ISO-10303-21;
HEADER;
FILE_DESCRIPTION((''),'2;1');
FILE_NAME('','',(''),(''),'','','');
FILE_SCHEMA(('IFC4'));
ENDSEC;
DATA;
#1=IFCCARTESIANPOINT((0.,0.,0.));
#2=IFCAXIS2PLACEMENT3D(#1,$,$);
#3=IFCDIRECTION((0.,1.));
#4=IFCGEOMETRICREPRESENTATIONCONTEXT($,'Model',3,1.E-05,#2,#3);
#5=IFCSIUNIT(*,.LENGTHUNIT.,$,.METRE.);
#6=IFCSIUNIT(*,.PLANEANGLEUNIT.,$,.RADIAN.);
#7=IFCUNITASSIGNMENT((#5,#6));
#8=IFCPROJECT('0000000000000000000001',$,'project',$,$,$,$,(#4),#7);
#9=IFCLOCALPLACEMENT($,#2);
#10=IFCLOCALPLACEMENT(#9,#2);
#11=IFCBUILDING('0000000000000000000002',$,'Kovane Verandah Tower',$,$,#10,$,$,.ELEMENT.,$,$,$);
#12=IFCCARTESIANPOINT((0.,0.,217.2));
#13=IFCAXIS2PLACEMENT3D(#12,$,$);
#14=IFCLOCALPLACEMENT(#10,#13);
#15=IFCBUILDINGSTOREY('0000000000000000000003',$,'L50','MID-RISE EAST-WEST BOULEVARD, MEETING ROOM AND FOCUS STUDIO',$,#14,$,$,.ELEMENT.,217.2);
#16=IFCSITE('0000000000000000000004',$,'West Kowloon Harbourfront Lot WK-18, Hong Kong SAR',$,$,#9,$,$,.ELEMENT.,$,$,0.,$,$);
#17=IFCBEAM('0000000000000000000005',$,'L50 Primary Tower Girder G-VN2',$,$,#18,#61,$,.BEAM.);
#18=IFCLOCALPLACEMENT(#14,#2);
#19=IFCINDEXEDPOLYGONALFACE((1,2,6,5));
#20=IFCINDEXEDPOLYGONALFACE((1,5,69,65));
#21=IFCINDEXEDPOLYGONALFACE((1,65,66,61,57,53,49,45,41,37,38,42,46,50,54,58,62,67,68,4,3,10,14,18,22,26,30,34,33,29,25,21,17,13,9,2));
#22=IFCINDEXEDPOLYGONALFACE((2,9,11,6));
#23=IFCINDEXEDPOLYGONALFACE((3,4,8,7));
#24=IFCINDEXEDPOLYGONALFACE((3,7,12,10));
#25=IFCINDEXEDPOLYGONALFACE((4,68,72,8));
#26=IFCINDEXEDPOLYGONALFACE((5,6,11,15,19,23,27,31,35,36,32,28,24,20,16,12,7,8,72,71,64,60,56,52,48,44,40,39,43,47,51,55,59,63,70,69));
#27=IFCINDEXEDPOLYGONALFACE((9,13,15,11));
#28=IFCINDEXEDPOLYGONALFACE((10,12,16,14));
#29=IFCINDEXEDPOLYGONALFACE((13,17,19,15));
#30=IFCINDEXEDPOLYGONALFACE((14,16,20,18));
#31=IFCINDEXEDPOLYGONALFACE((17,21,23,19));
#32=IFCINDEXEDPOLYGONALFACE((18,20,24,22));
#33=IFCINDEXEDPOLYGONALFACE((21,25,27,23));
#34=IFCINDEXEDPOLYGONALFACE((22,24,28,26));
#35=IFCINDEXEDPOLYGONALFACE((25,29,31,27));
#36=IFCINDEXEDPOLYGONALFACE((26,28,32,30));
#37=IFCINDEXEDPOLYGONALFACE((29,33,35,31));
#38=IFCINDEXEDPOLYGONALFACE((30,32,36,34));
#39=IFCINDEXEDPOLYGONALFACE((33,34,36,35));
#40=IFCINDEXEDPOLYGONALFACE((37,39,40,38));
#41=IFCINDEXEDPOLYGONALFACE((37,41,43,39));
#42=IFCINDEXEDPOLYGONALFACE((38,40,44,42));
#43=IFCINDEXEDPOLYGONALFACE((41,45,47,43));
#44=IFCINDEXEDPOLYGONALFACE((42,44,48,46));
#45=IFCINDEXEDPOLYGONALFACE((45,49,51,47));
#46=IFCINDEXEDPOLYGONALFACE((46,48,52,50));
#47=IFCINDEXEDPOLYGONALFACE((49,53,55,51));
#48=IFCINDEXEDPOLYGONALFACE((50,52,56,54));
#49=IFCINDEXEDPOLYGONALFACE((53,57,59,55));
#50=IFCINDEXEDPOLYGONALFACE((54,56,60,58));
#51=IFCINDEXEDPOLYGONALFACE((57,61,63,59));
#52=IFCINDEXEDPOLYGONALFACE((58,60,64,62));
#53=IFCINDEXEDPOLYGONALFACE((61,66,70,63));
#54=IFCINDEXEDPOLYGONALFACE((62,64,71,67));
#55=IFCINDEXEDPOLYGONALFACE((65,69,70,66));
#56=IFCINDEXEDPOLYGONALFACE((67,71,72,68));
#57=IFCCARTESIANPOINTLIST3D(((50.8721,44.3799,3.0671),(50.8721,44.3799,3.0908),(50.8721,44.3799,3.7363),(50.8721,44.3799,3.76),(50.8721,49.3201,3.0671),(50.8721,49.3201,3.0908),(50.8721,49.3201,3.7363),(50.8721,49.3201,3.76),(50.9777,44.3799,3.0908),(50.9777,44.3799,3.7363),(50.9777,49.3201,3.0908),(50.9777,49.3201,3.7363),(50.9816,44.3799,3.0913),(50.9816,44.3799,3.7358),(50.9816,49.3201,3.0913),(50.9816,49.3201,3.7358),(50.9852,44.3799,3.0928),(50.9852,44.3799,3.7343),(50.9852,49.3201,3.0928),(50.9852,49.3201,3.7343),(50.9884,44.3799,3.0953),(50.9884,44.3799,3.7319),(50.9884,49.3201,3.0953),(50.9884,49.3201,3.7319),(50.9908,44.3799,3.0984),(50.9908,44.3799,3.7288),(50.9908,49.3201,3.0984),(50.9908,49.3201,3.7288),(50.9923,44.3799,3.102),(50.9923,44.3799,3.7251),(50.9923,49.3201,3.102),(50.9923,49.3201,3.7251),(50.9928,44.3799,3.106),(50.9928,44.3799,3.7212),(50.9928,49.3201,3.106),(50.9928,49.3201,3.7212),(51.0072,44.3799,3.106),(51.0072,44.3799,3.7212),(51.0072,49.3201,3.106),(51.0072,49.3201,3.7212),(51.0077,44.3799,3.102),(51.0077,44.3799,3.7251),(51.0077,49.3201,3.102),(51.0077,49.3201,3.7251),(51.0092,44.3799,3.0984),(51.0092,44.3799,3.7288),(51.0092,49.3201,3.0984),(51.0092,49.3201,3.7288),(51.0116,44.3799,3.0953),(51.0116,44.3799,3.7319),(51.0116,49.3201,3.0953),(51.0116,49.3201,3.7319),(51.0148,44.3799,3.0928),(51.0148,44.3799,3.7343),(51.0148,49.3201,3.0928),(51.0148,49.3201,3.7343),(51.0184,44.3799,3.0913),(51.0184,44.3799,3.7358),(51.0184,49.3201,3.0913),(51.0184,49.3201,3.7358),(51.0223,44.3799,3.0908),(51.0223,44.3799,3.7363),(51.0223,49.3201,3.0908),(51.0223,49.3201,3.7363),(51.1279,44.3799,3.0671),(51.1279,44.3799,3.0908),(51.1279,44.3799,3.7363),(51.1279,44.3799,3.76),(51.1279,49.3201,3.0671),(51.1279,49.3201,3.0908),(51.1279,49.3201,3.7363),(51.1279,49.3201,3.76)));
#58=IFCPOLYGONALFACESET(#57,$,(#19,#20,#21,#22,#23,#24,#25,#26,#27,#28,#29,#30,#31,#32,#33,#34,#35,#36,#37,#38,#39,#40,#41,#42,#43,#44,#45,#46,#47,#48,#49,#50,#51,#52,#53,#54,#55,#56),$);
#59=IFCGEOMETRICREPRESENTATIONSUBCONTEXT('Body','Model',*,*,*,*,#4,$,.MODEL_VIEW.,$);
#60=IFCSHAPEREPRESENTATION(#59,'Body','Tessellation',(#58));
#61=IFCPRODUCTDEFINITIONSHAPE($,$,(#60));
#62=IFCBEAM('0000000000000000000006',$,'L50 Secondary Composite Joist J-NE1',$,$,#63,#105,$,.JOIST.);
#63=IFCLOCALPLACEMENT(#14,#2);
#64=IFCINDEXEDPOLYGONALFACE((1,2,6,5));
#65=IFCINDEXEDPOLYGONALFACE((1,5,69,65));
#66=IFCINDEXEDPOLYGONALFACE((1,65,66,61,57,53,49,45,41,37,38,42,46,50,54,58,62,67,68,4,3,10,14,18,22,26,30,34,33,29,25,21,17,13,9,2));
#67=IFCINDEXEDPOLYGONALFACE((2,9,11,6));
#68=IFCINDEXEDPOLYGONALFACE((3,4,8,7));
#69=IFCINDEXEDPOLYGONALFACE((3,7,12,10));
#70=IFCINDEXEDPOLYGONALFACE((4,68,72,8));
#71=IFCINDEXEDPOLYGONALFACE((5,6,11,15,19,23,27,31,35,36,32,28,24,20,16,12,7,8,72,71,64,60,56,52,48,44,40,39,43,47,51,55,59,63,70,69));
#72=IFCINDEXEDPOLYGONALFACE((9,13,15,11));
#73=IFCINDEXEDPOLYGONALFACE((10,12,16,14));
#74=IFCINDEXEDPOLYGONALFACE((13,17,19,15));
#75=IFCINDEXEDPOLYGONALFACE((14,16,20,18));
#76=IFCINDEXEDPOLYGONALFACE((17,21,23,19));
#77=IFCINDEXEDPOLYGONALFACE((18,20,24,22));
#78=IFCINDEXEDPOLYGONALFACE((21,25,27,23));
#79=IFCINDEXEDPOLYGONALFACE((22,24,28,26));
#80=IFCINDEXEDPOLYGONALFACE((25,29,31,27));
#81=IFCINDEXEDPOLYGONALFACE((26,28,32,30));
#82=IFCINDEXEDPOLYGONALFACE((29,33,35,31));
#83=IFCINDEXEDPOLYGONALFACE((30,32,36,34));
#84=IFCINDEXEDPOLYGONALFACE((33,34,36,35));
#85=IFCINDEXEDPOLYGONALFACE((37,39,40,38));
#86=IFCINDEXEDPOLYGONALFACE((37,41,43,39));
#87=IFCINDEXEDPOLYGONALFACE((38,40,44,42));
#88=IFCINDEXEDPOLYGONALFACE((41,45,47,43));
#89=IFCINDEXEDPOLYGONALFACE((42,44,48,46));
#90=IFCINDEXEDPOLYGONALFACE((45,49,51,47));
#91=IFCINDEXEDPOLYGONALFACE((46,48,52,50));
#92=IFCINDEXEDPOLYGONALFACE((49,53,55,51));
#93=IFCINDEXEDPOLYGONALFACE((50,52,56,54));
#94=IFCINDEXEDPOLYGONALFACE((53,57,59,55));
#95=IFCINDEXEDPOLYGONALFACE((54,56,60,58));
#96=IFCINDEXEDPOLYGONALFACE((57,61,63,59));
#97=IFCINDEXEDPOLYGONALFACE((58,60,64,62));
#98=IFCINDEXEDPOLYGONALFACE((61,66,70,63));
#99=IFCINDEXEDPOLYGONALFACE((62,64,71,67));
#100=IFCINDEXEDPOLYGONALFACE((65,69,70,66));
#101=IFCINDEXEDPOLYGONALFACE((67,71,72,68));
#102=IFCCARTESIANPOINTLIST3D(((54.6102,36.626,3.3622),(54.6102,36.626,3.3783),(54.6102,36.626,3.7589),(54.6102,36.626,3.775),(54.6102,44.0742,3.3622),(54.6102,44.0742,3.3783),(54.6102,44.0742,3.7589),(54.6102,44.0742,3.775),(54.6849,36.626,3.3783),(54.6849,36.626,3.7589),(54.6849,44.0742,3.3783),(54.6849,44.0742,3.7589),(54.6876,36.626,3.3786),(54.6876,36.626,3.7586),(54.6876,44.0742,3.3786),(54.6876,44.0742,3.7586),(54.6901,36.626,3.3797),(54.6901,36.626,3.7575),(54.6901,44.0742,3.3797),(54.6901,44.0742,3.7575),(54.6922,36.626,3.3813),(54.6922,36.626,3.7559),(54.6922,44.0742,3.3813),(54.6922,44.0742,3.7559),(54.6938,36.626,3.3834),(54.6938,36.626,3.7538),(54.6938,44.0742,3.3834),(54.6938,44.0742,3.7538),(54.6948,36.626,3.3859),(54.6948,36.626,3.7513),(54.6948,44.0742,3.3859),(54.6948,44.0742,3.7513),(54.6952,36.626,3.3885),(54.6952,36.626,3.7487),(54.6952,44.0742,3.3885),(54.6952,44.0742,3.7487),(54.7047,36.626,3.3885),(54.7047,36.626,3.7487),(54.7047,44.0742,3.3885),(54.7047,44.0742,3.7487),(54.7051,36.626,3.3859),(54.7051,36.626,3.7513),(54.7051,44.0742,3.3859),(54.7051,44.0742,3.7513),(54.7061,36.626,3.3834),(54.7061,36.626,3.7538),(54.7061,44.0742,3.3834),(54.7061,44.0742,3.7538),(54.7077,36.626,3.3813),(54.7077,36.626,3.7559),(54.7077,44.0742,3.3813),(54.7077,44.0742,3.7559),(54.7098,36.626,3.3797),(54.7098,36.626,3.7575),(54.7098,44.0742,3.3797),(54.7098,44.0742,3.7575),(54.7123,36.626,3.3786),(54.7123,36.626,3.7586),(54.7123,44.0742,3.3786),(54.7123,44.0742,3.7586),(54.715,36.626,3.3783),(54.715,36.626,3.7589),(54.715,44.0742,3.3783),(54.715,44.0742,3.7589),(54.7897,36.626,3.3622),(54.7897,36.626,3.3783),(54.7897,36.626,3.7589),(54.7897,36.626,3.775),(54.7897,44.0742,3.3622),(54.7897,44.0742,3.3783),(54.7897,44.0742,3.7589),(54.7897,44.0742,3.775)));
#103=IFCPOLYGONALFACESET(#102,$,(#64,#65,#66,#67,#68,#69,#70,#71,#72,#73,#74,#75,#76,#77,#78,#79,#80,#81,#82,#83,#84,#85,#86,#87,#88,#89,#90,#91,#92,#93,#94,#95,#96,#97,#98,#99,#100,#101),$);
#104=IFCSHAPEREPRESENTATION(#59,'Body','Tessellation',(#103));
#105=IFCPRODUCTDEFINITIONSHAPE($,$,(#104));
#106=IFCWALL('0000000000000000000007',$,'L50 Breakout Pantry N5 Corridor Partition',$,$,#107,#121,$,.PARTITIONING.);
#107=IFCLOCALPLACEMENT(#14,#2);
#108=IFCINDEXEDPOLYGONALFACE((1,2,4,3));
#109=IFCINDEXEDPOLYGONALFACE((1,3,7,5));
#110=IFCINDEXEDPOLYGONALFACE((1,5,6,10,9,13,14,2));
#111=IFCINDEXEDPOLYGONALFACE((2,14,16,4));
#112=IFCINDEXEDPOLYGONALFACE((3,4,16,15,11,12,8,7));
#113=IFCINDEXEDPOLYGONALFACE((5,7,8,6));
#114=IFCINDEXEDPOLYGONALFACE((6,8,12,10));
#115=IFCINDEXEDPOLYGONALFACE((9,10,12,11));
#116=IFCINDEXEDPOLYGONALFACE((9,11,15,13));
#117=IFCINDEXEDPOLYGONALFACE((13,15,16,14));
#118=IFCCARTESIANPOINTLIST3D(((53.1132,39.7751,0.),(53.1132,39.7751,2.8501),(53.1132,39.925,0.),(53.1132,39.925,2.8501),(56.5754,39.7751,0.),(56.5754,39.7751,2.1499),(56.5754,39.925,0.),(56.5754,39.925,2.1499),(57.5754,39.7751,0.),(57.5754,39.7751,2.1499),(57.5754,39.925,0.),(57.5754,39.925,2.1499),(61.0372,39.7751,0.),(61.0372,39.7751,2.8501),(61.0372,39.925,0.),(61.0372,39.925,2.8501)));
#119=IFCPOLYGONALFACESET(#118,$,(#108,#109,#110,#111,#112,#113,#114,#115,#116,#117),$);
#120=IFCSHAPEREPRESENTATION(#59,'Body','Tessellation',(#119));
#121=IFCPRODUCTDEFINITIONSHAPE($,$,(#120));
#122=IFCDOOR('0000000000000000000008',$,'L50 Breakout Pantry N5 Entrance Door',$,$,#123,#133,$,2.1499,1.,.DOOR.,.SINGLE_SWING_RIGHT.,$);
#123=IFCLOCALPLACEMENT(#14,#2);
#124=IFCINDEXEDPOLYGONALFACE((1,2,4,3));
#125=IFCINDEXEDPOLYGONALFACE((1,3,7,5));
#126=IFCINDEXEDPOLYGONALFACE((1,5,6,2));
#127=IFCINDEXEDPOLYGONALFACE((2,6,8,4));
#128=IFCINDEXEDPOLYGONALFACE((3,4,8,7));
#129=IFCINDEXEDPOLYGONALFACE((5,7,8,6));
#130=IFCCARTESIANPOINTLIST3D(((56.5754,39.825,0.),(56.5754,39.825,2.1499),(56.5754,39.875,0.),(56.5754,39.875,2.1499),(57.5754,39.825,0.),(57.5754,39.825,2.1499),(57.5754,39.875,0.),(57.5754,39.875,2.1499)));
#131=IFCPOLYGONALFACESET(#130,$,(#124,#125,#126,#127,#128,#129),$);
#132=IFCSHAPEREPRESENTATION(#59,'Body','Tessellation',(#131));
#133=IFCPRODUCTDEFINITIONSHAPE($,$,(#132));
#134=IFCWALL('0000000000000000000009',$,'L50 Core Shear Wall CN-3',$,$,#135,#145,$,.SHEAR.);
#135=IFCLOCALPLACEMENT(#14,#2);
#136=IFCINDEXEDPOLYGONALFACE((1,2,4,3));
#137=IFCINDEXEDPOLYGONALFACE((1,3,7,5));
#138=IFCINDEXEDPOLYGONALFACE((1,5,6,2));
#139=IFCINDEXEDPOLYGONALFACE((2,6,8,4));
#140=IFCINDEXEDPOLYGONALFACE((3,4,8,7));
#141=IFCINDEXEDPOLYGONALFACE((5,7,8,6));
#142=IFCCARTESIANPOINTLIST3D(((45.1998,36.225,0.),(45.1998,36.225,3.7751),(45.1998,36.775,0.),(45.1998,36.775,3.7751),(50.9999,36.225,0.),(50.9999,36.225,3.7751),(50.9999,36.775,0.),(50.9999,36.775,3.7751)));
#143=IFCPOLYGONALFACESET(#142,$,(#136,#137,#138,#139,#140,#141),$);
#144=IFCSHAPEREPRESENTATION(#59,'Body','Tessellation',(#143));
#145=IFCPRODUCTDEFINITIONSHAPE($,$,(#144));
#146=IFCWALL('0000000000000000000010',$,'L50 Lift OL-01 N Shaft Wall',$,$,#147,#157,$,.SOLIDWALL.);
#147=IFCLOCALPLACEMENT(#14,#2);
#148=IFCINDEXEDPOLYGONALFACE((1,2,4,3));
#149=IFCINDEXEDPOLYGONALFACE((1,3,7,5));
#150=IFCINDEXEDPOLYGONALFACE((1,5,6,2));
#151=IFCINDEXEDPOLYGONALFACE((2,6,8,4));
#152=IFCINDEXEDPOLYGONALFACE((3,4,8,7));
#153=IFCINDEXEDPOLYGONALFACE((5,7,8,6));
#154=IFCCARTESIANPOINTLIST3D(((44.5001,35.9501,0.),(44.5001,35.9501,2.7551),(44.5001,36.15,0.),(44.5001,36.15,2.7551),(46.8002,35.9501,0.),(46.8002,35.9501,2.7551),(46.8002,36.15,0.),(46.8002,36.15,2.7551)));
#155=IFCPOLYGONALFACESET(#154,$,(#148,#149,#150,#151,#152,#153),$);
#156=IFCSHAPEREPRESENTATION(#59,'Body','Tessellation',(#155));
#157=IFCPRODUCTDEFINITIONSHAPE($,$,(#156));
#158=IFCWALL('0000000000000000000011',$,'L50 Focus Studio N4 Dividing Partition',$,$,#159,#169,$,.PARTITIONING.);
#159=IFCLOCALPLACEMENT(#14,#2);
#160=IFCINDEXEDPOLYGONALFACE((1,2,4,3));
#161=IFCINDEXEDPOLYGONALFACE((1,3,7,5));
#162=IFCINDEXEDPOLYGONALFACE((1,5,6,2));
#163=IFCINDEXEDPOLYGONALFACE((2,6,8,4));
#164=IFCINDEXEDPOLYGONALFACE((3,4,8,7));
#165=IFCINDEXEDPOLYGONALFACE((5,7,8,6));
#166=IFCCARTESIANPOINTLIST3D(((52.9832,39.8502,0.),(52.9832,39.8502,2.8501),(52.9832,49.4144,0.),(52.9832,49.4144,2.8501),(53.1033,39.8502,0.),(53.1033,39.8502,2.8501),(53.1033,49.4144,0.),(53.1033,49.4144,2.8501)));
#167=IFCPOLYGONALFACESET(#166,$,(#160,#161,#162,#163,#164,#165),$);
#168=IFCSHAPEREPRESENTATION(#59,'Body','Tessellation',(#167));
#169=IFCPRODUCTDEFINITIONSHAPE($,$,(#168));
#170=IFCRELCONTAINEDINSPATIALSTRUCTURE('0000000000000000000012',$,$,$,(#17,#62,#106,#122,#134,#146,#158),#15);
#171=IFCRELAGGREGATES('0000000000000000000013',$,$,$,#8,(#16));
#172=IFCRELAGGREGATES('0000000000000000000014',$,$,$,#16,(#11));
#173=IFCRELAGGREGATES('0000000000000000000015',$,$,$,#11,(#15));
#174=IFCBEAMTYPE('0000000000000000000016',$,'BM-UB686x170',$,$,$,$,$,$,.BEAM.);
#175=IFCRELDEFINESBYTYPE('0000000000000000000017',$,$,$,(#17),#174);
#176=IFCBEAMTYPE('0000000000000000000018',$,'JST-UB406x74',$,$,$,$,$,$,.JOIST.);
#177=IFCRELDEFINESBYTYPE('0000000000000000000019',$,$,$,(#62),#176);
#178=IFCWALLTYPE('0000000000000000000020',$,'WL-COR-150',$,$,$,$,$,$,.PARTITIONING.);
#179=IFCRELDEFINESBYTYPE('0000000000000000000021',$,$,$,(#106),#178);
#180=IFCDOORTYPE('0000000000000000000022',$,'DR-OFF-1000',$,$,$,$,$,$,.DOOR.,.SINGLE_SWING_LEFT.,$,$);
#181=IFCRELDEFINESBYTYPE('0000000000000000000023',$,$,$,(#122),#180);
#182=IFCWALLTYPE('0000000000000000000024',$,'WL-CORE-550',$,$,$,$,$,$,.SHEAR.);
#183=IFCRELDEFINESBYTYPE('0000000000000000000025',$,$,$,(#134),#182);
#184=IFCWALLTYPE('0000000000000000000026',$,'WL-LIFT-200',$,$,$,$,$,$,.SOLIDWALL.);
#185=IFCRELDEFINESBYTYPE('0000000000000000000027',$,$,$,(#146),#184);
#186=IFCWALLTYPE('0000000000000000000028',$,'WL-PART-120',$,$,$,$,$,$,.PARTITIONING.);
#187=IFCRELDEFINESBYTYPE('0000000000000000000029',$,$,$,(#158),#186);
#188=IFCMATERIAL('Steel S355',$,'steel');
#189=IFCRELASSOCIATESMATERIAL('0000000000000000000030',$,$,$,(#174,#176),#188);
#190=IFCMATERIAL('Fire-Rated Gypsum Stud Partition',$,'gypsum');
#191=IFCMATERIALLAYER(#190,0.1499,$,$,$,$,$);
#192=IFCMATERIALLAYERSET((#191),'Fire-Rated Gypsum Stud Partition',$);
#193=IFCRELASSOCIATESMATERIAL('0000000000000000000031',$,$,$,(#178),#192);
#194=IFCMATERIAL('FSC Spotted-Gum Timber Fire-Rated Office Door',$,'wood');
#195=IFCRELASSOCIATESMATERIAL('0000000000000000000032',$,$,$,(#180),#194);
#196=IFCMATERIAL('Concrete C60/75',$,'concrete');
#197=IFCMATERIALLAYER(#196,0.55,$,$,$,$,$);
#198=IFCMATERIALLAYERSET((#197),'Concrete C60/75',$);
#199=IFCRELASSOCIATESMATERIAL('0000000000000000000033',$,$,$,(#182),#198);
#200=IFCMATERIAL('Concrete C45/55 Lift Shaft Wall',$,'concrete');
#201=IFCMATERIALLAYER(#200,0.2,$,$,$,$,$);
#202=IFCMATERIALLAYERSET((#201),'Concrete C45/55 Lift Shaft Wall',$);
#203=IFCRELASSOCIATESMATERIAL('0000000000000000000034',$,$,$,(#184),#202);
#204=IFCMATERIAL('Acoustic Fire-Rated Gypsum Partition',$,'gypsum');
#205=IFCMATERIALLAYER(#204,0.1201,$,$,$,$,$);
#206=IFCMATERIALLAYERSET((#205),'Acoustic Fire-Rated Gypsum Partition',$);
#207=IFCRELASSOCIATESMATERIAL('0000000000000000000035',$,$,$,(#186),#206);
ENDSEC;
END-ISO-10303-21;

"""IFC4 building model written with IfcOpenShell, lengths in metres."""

from ifc_helpers import new_model, si_unit, direction, frame, frame_2d, origin, origin_2d, place, context, subcontext, project, spatial, rectangle, i_section, extrude, material, layer, layer_set, material_profile, profile_set, type_object, element, fill, save


model = new_model("IFC4")

# Units and contexts
model_context = context("Model", 3, precision=1e-05, world=origin(), true_north=direction((0.0, 1.0)))
body_context = subcontext(model_context, "Body", "Model", "MODEL_VIEW")
ifc_project = project(units=[si_unit("LENGTHUNIT", "METRE"), si_unit("PLANEANGLEUNIT", "RADIAN")], contexts=[model_context])

# Site, building, storey
site_placement = place(None, origin())
site = spatial("IfcSite", under=ifc_project, at=site_placement, Name="West Kowloon Harbourfront Lot WK-18, Hong Kong SAR", CompositionType="ELEMENT", RefElevation=0.0)
building_placement = place(site_placement, origin())
building = spatial("IfcBuilding", under=site, at=building_placement, Name="Kovane Verandah Tower", CompositionType="ELEMENT")
storey_placement = place(building_placement, frame((0.0, 0.0, 217.2)))
storey = spatial("IfcBuildingStorey", under=building, at=storey_placement, Name="L50", Description="MID-RISE EAST-WEST BOULEVARD, MEETING ROOM AND FOCUS STUDIO", CompositionType="ELEMENT", Elevation=217.2)

# Shared definitions
ifc_material_1 = material(Name="Concrete C60/75", Category="concrete")

# Beams
ifc_material_2 = material(Name="Steel S355", Category="steel")
ifc_material_profile_1 = material_profile(ifc_material_2, i_section(OverallWidth=0.2559, OverallDepth=0.6929, WebThickness=0.0144, FlangeThickness=0.0237, FilletRadius=0.0151, at=origin_2d()), Name="UB686x254x170")
ifc_profile_set_1 = profile_set([ifc_material_profile_1], Name="Steel S355")
beam_type_1 = type_object("IfcBeamType", Name="BM-UB686x170", PredefinedType="BEAM", material=ifc_profile_set_1)
beam_1_placement = place(storey_placement, frame((51.0, 44.3799, 3.4136), z_axis=(0.0, 1.0, 0.0), x_axis=(-1.0, 0.0, 0.0)))
element("IfcBeam", 1, at=beam_1_placement, inside=storey, type_object=beam_type_1, Name="L50 Primary Tower Girder G-VN2", PredefinedType="BEAM", context=body_context, shape_type="SweptSolid", body=[
    extrude(i_section(OverallWidth=0.2559, OverallDepth=0.6929, WebThickness=0.0144, FlangeThickness=0.0237, FilletRadius=0.0151, at=origin_2d()), origin(), (0.0, 0.0, 1.0), 4.9402),
])
ifc_material_profile_2 = material_profile(ifc_material_2, i_section(OverallWidth=0.1794, OverallDepth=0.4128, WebThickness=0.0095, FlangeThickness=0.0161, FilletRadius=0.0103, at=origin_2d()), Name="UB406x178x74")
ifc_profile_set_2 = profile_set([ifc_material_profile_2], Name="Steel S355")
beam_type_2 = type_object("IfcBeamType", Name="JST-UB406x74", PredefinedType="JOIST", material=ifc_profile_set_2)
beam_2_placement = place(storey_placement, frame((54.7, 36.626, 3.5686), z_axis=(0.0, 1.0, 0.0), x_axis=(-1.0, 0.0, 0.0)))
element("IfcBeam", 2, at=beam_2_placement, inside=storey, type_object=beam_type_2, Name="L50 Secondary Composite Joist J-NE1", PredefinedType="JOIST", context=body_context, shape_type="SweptSolid", body=[
    extrude(i_section(OverallWidth=0.1794, OverallDepth=0.4128, WebThickness=0.0095, FlangeThickness=0.0161, FilletRadius=0.0103, at=origin_2d()), origin(), (0.0, 0.0, 1.0), 7.4482),
])

# Wall, opening, door
ifc_material_3 = material(Name="Fire-Rated Gypsum Stud Partition", Category="gypsum")
ifc_layer_1 = layer(ifc_material_3, 0.1499)
ifc_layer_set_1 = layer_set([ifc_layer_1], Name="Fire-Rated Gypsum Stud Partition")
wall_type_1 = type_object("IfcWallType", Name="WL-COR-150", PredefinedType="PARTITIONING", material=ifc_layer_set_1)
wall_1_placement = place(storey_placement, frame((53.1133, 39.8501, 0.0), z_axis=(0.0, 0.0, 1.0), x_axis=(1.0, 0.0, 0.0)))
wall_1 = element("IfcWall", 3, at=wall_1_placement, inside=storey, type_object=wall_type_1, Name="L50 Breakout Pantry N5 Corridor Partition", PredefinedType="PARTITIONING", context=body_context, shape_type="SweptSolid", body=[
    extrude(rectangle(XDim=7.9241, YDim=0.1499, at=frame_2d((3.9619, 0.0))), origin(), (0.0, 0.0, 1.0), 2.8501),
])
opening_1_placement = place(wall_1_placement, frame((3.4622, 0.0, 0.0)))
opening_1 = element("IfcOpeningElement", 4, at=opening_1_placement, cuts=wall_1, PredefinedType="OPENING", context=body_context, shape_type="SweptSolid", body=[
    extrude(rectangle(XDim=1.0, YDim=2.1499, at=frame_2d((0.5, 1.075))), frame((0.0, 0.075, 0.0), z_axis=(0.0, -1.0, 0.0), x_axis=(1.0, 0.0, 0.0)), (0.0, 0.0, 1.0), 0.1499),
])
ifc_material_4 = material(Name="FSC Spotted-Gum Timber Fire-Rated Office Door", Category="wood")
door_type_1 = type_object("IfcDoorType", Name="DR-OFF-1000", OperationType="SINGLE_SWING_LEFT", PredefinedType="DOOR", material=ifc_material_4)
door_1_placement = place(opening_1_placement, origin())
door_1 = element("IfcDoor", 5, at=door_1_placement, inside=storey, type_object=door_type_1, Name="L50 Breakout Pantry N5 Entrance Door", OperationType="SINGLE_SWING_RIGHT", OverallHeight=2.1499, OverallWidth=1.0, PredefinedType="DOOR", context=body_context, shape_type="SweptSolid", body=[
    extrude(rectangle(XDim=1.0, YDim=2.1499, at=frame_2d((0.5, 1.075))), frame((0.0, 0.0249, 0.0), z_axis=(0.0, -1.0, 0.0), x_axis=(1.0, 0.0, 0.0)), (0.0, 0.0, 1.0), 0.05),
])
fill(opening_1, door_1)

# Walls
ifc_layer_2 = layer(ifc_material_1, 0.55)
ifc_layer_set_2 = layer_set([ifc_layer_2], Name="Concrete C60/75")
wall_type_2 = type_object("IfcWallType", Name="WL-CORE-550", PredefinedType="SHEAR", material=ifc_layer_set_2)
wall_2_placement = place(storey_placement, frame((45.2, 36.5, 0.0), z_axis=(0.0, 0.0, 1.0), x_axis=(1.0, 0.0, 0.0)))
element("IfcWall", 6, at=wall_2_placement, inside=storey, type_object=wall_type_2, Name="L50 Core Shear Wall CN-3", PredefinedType="SHEAR", context=body_context, shape_type="SweptSolid", body=[
    extrude(rectangle(XDim=5.8, YDim=0.55, at=frame_2d((2.8999, 0.0))), origin(), (0.0, 0.0, 1.0), 3.7751),
])
ifc_material_5 = material(Name="Concrete C45/55 Lift Shaft Wall", Category="concrete")
ifc_layer_3 = layer(ifc_material_5, 0.2)
ifc_layer_set_3 = layer_set([ifc_layer_3], Name="Concrete C45/55 Lift Shaft Wall")
wall_type_3 = type_object("IfcWallType", Name="WL-LIFT-200", PredefinedType="SOLIDWALL", material=ifc_layer_set_3)
wall_3_placement = place(storey_placement, frame((46.8, 36.05, 0.0), z_axis=(0.0, 0.0, 1.0), x_axis=(-1.0, 0.0, 0.0)))
element("IfcWall", 7, at=wall_3_placement, inside=storey, type_object=wall_type_3, Name="L50 Lift OL-01 N Shaft Wall", PredefinedType="SOLIDWALL", context=body_context, shape_type="SweptSolid", body=[
    extrude(rectangle(XDim=2.3, YDim=0.2, at=frame_2d((1.1499, 0.0))), origin(), (0.0, 0.0, 1.0), 2.7551),
])
ifc_material_6 = material(Name="Acoustic Fire-Rated Gypsum Partition", Category="gypsum")
ifc_layer_4 = layer(ifc_material_6, 0.1201)
ifc_layer_set_4 = layer_set([ifc_layer_4], Name="Acoustic Fire-Rated Gypsum Partition")
wall_type_4 = type_object("IfcWallType", Name="WL-PART-120", PredefinedType="PARTITIONING", material=ifc_layer_set_4)
wall_4_placement = place(storey_placement, frame((53.0432, 39.8501, 0.0), z_axis=(0.0, 0.0, 1.0), x_axis=(0.0, 1.0, 0.0)))
element("IfcWall", 8, at=wall_4_placement, inside=storey, type_object=wall_type_4, Name="L50 Focus Studio N4 Dividing Partition", PredefinedType="PARTITIONING", context=body_context, shape_type="SweptSolid", body=[
    extrude(rectangle(XDim=9.5642, YDim=0.1201, at=frame_2d((4.7822, 0.0))), origin(), (0.0, 0.0, 1.0), 2.8501),
])

save(model, "model.ifc")
